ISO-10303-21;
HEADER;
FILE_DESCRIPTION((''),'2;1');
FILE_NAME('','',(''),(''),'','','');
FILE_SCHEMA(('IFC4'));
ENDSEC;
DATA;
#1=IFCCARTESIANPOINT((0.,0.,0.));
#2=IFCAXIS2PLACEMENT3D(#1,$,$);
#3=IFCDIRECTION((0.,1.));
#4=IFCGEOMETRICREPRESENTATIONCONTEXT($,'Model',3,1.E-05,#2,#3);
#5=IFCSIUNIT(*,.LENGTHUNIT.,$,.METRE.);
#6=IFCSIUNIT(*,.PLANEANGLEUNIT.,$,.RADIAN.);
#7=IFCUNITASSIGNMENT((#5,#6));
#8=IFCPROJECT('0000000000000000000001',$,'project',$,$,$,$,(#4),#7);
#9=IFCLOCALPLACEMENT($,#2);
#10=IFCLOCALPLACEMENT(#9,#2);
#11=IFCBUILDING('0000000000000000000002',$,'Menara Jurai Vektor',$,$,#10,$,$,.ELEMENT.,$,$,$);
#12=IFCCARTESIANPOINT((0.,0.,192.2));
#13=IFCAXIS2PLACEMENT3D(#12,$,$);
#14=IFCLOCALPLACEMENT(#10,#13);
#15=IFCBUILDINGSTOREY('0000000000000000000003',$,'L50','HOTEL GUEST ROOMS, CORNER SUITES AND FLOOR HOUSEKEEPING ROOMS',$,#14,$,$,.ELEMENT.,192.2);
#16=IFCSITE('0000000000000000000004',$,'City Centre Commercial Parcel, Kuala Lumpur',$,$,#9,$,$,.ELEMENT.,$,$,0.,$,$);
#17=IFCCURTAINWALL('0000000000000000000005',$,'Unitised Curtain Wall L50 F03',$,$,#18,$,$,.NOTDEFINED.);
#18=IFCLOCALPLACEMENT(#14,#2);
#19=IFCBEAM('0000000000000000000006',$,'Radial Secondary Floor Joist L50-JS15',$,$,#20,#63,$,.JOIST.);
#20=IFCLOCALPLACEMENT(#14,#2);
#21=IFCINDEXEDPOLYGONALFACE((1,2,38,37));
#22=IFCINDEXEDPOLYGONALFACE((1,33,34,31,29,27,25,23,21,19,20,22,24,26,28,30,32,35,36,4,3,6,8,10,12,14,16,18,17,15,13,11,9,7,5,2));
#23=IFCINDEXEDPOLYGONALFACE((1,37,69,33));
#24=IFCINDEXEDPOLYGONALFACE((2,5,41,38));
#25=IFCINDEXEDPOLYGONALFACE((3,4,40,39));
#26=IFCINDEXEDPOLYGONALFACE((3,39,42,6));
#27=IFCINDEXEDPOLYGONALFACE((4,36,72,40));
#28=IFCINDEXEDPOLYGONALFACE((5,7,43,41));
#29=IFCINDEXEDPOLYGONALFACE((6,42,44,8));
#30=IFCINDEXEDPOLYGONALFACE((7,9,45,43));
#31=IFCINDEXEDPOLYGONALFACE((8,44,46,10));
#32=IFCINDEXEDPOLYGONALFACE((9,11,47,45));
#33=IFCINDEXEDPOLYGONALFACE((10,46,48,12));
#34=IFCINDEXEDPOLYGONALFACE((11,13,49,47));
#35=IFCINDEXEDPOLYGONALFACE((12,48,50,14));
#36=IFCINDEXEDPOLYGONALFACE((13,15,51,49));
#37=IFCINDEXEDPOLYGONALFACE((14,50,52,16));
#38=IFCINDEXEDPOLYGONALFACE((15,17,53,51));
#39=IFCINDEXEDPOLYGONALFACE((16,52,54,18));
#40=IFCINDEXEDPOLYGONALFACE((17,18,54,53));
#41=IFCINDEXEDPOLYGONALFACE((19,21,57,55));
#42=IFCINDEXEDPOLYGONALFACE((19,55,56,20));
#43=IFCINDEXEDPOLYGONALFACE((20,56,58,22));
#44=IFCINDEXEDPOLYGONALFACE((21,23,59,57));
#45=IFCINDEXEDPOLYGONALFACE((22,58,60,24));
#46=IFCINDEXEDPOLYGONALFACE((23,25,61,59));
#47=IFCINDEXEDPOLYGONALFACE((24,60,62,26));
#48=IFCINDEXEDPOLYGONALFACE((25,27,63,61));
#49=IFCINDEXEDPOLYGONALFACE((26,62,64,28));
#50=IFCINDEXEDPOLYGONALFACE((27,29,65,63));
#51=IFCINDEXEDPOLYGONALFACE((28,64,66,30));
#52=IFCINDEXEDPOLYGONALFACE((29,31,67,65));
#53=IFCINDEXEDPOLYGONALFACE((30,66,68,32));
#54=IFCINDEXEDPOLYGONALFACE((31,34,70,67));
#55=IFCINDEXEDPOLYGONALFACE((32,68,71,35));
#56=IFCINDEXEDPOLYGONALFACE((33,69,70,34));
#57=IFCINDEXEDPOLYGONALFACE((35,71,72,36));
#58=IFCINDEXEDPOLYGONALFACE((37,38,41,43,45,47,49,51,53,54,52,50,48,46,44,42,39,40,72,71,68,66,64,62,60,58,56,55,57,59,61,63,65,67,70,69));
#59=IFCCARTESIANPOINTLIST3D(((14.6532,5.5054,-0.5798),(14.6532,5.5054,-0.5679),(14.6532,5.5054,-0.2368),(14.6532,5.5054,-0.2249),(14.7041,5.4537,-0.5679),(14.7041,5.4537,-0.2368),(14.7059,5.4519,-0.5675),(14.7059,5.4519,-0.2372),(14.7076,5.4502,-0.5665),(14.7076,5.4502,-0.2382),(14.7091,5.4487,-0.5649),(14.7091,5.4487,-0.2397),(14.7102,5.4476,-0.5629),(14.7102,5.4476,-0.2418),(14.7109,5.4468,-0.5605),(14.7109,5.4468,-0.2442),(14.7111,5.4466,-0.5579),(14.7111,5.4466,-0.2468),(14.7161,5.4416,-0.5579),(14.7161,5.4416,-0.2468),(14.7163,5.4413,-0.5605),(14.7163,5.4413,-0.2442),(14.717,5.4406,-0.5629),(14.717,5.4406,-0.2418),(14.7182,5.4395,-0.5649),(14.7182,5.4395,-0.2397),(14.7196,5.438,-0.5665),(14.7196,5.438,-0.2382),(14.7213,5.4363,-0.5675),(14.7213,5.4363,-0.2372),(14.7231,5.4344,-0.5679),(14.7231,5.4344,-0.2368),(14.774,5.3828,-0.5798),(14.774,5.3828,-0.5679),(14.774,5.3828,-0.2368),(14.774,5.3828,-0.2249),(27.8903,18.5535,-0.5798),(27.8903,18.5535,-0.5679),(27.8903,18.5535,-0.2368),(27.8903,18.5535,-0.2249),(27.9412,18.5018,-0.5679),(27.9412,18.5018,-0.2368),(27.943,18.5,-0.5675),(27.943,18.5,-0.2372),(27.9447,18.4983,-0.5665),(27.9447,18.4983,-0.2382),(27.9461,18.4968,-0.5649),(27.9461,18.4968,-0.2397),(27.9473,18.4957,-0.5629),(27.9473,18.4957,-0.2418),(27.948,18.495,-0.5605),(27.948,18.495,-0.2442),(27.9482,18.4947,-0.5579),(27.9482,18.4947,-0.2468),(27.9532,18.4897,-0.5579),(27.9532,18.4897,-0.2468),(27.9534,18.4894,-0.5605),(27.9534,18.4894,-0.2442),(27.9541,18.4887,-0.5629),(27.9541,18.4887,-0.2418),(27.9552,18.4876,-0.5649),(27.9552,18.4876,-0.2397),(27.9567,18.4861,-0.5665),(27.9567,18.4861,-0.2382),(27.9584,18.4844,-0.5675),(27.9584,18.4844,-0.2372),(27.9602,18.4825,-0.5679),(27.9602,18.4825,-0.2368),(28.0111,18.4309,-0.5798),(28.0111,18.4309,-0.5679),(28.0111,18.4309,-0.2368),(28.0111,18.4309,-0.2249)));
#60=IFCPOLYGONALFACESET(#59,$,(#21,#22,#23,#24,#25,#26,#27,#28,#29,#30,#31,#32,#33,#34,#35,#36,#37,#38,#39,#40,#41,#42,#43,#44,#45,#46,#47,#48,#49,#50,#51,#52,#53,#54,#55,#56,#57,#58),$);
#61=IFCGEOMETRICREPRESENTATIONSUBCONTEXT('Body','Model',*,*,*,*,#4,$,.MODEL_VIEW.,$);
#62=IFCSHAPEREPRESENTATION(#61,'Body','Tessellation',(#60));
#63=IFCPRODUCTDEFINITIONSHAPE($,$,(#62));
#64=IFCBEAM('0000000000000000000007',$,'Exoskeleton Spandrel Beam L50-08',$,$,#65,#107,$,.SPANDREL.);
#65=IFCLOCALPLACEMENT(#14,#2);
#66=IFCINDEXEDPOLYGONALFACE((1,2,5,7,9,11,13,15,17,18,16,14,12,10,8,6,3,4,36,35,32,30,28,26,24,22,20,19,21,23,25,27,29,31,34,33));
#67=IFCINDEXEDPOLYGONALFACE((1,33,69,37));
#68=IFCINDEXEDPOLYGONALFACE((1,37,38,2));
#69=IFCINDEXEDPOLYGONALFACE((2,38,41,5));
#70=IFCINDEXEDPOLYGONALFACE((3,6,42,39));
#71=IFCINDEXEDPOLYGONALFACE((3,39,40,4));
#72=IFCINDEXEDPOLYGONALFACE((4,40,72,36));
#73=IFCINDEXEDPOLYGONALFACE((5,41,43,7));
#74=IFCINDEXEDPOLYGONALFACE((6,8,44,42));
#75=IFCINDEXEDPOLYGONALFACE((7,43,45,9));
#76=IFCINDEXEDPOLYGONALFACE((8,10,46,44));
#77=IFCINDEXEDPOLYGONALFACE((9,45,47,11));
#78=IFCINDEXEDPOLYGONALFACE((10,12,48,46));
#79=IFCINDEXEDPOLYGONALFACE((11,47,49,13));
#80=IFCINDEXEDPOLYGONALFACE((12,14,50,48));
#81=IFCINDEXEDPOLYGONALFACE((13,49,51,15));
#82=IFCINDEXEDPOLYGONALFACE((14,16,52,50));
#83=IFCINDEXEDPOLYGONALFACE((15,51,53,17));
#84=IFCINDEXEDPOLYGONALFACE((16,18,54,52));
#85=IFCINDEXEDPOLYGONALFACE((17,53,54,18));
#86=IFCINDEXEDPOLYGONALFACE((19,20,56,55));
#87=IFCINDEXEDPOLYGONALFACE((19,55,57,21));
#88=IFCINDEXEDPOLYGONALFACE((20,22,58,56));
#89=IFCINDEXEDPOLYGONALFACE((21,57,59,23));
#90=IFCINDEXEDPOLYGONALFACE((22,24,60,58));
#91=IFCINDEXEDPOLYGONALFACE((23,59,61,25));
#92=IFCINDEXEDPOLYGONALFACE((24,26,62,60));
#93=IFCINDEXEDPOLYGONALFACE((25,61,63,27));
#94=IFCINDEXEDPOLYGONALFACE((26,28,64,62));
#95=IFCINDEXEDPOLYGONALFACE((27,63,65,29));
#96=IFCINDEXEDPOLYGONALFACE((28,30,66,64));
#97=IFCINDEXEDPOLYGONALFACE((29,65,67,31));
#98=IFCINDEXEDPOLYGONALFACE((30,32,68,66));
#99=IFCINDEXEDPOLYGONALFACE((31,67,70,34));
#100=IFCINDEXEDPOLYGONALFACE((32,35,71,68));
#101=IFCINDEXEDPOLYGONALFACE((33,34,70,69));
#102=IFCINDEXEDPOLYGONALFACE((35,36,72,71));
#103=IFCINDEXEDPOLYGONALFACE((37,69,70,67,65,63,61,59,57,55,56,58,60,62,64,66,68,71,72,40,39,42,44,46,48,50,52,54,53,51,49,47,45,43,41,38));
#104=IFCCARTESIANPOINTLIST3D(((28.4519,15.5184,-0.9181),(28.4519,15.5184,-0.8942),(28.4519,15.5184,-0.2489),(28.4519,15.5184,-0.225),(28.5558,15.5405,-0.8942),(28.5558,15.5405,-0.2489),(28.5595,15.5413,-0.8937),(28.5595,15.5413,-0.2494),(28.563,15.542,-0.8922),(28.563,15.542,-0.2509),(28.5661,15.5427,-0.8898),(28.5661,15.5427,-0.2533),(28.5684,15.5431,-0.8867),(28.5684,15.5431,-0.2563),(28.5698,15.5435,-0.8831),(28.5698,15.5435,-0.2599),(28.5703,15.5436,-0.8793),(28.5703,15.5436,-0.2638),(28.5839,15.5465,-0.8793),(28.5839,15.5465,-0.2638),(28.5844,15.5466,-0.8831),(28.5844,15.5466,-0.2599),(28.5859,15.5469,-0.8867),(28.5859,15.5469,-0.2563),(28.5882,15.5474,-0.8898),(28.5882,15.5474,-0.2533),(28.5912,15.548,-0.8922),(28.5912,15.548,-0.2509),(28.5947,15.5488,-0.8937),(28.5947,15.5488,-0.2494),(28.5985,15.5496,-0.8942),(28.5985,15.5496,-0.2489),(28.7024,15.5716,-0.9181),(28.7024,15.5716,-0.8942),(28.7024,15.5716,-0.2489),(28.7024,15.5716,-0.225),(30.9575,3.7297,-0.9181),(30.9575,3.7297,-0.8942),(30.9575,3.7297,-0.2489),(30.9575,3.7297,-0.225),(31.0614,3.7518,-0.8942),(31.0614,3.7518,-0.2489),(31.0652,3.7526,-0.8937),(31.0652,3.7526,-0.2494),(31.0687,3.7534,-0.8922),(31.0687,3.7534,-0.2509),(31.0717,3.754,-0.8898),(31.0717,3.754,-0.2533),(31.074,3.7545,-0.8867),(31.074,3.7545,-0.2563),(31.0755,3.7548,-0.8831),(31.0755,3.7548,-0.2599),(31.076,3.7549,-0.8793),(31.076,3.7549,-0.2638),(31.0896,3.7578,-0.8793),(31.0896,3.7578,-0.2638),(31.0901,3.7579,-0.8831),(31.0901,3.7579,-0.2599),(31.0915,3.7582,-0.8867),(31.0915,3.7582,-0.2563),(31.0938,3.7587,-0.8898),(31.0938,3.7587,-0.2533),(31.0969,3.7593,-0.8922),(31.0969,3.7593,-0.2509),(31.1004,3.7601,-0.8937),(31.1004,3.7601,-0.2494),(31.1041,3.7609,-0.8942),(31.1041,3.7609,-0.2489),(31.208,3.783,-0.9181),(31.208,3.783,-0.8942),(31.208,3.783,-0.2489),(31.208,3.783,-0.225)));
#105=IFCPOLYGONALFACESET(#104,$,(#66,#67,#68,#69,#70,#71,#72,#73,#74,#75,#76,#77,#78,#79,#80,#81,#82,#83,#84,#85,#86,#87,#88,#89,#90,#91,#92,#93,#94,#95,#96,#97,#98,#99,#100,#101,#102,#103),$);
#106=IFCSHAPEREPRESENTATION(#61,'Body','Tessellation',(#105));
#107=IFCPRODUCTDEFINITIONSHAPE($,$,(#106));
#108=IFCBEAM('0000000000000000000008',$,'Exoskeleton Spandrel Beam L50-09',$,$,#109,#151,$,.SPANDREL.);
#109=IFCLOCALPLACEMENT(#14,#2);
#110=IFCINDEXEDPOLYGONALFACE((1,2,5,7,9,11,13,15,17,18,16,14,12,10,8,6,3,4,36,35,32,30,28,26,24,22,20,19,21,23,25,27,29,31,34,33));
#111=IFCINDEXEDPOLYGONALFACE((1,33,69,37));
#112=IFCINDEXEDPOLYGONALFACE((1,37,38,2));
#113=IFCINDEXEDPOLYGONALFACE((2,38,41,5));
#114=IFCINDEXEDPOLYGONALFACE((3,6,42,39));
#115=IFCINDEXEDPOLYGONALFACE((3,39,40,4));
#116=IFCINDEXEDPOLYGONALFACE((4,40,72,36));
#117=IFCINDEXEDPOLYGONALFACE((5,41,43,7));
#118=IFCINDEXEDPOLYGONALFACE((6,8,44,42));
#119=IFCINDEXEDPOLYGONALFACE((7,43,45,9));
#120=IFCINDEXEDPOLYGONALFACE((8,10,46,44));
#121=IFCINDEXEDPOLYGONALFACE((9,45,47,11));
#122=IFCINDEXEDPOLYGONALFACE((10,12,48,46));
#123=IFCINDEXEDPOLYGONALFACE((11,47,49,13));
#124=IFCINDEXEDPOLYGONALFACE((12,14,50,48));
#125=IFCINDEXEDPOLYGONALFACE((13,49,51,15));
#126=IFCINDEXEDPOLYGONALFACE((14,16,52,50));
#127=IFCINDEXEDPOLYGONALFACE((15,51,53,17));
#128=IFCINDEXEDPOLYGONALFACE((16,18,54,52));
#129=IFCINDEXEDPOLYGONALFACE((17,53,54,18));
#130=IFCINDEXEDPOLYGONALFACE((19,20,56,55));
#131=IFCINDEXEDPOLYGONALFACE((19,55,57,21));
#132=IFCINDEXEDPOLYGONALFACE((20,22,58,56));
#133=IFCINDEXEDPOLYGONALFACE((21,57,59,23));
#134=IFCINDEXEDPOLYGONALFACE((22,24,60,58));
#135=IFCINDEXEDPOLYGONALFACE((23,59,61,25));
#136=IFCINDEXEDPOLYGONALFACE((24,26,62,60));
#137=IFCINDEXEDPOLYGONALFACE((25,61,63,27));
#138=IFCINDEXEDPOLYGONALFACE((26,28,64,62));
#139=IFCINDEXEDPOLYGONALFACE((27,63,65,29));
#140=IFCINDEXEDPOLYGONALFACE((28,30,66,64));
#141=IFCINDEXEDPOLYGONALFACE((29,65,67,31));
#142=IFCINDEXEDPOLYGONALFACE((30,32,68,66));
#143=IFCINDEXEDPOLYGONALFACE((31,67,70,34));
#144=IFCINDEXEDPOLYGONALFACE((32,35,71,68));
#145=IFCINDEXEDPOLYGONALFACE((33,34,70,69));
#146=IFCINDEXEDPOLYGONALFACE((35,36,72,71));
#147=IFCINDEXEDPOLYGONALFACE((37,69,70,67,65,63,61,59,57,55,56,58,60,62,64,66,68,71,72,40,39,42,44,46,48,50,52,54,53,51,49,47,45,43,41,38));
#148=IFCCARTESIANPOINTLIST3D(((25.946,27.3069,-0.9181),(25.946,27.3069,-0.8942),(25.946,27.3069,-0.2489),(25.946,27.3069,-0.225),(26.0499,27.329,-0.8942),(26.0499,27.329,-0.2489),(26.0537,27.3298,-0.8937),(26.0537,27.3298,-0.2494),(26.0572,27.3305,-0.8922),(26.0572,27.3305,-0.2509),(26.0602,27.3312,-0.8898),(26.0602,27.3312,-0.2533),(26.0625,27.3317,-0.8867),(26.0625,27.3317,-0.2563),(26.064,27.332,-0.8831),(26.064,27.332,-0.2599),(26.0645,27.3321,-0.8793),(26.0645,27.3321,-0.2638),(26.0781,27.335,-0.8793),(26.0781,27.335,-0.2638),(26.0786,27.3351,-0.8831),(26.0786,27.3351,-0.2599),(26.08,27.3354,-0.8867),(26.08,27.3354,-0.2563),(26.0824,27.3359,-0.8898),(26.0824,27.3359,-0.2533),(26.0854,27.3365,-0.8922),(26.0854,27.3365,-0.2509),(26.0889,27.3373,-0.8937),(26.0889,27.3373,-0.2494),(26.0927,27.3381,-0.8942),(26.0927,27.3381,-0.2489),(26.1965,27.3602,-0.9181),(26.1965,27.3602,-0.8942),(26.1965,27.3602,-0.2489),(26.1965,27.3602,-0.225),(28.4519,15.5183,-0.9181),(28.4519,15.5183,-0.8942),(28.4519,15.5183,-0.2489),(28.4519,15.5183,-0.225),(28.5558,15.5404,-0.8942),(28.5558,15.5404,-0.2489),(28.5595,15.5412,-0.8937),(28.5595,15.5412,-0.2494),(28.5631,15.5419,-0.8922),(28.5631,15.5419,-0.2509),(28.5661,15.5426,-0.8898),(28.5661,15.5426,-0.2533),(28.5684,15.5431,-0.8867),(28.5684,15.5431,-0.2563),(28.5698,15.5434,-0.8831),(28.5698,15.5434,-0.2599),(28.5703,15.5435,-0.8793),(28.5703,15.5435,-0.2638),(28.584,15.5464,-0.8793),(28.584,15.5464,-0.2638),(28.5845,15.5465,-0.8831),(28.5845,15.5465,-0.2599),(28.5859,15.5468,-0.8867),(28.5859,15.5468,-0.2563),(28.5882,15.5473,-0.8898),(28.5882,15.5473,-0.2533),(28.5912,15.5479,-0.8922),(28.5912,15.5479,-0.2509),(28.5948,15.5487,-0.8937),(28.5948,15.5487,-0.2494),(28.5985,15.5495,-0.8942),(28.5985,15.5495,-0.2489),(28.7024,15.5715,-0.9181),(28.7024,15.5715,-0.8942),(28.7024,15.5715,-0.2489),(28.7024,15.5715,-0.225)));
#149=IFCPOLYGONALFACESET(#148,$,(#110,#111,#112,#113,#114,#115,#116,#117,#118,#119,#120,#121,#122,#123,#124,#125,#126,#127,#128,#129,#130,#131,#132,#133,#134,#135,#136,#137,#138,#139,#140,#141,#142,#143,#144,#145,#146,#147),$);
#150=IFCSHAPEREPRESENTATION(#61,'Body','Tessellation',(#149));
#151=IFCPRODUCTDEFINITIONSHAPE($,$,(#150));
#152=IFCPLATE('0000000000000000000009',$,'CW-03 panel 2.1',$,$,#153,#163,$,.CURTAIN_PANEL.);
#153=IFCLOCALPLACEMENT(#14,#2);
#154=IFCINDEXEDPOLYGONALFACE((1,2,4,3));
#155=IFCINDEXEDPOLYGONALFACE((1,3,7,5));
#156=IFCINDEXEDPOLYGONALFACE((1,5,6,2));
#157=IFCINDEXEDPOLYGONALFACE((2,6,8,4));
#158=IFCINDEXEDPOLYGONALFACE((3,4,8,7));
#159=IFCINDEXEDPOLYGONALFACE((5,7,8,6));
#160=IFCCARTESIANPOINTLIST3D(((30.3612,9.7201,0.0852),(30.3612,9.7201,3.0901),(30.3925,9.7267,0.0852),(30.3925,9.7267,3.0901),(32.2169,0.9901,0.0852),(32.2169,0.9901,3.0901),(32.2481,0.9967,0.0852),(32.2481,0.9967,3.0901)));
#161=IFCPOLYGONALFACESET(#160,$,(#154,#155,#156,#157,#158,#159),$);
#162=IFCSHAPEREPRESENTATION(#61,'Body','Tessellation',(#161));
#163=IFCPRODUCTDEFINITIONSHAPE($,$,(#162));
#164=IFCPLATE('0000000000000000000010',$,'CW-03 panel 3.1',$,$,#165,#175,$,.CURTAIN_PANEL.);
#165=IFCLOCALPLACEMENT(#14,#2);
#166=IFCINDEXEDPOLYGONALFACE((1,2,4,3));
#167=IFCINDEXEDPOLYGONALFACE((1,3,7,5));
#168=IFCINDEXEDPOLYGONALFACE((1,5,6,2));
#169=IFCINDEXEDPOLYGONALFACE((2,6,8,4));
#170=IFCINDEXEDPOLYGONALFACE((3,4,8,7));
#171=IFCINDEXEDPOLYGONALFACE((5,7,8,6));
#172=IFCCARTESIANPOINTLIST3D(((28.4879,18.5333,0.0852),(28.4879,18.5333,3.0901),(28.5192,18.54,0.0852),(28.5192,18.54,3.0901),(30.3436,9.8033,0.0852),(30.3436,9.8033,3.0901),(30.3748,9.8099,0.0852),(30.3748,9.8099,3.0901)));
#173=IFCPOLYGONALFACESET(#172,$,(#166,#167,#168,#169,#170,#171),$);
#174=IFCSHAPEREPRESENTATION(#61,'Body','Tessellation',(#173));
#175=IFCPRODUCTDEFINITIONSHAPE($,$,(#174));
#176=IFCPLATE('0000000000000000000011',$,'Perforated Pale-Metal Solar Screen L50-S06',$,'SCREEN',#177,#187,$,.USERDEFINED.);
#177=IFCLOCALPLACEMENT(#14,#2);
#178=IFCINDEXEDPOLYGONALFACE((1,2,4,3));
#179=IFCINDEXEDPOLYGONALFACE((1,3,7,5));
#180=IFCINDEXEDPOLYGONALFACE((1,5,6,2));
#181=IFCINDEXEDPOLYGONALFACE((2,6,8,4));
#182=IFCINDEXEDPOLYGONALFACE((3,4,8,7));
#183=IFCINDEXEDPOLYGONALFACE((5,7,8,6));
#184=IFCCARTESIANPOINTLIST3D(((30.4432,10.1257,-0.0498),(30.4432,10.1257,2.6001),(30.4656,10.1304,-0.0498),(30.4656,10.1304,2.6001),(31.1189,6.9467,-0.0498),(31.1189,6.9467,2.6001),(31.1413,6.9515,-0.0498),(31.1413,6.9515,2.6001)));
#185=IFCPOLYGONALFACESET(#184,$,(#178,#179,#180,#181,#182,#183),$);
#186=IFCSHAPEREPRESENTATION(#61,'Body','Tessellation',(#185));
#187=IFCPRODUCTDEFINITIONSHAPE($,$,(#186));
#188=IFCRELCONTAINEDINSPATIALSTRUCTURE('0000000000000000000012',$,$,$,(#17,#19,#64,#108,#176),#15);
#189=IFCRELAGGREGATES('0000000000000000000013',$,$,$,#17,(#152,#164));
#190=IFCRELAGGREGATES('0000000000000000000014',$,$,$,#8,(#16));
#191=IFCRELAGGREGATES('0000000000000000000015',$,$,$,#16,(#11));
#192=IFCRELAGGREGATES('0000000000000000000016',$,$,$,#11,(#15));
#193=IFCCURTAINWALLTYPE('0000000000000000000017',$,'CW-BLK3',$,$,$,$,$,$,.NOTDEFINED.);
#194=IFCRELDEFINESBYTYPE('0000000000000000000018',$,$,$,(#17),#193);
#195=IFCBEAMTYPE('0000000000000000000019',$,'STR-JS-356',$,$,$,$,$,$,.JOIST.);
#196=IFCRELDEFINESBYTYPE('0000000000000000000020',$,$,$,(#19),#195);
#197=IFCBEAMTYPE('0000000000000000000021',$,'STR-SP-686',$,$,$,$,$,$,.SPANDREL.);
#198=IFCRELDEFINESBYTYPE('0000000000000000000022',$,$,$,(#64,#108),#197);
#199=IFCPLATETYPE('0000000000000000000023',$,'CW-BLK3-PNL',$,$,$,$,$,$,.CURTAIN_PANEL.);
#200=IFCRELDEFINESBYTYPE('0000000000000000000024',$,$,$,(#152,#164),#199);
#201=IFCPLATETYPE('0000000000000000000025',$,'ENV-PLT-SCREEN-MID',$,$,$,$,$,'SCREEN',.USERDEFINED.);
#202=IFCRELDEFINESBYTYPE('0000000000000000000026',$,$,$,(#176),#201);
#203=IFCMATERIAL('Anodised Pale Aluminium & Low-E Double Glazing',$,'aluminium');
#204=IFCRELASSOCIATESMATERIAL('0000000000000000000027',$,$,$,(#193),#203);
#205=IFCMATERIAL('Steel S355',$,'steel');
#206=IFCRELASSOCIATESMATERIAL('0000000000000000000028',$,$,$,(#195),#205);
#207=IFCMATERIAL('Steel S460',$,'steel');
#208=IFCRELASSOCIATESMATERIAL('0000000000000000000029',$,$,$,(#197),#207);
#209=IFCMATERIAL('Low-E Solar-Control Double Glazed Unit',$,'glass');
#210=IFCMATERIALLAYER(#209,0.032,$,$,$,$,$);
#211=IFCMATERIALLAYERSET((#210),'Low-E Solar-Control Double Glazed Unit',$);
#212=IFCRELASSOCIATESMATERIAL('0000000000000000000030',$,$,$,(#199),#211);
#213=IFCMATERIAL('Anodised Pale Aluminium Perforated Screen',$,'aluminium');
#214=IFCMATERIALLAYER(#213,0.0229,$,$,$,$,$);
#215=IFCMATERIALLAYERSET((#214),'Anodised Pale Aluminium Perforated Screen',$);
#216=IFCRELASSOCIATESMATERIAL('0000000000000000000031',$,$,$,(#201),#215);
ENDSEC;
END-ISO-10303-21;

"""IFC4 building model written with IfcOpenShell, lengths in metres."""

from ifc_helpers import new_model, si_unit, direction, frame, origin, origin_2d, place, context, subcontext, project, spatial, rectangle, i_section, extrude, material, layer, layer_set, material_profile, profile_set, type_object, element, aggregate, save


model = new_model("IFC4")

# Units and contexts
model_context = context("Model", 3, precision=1e-05, world=origin(), true_north=direction((0.0, 1.0)))
body_context = subcontext(model_context, "Body", "Model", "MODEL_VIEW")
ifc_project = project(units=[si_unit("LENGTHUNIT", "METRE"), si_unit("PLANEANGLEUNIT", "RADIAN")], contexts=[model_context])

# Site, building, storey
site_placement = place(None, origin())
site = spatial("IfcSite", under=ifc_project, at=site_placement, Name="City Centre Commercial Parcel, Kuala Lumpur", CompositionType="ELEMENT", RefElevation=0.0)
building_placement = place(site_placement, origin())
building = spatial("IfcBuilding", under=site, at=building_placement, Name="Menara Jurai Vektor", CompositionType="ELEMENT")
storey_placement = place(building_placement, frame((0.0, 0.0, 192.2)))
storey = spatial("IfcBuildingStorey", under=building, at=storey_placement, Name="L50", Description="HOTEL GUEST ROOMS, CORNER SUITES AND FLOOR HOUSEKEEPING ROOMS", CompositionType="ELEMENT", Elevation=192.2)

# Shared definitions
ifc_material_1 = material(Name="Steel S460", Category="steel")

# Curtain wall
ifc_material_2 = material(Name="Anodised Pale Aluminium & Low-E Double Glazing", Category="aluminium")
curtain_wall_type = type_object("IfcCurtainWallType", Name="CW-BLK3", PredefinedType="NOTDEFINED", material=ifc_material_2)
curtain_wall_placement = place(storey_placement, origin())
curtain_wall = element("IfcCurtainWall", 1, at=curtain_wall_placement, inside=storey, type_object=curtain_wall_type, Name="Unitised Curtain Wall L50 F03", PredefinedType="NOTDEFINED")

# Beams
ifc_material_3 = material(Name="Steel S355", Category="steel")
ifc_material_profile_1 = material_profile(ifc_material_3, i_section(OverallWidth=0.1721, OverallDepth=0.355, WebThickness=0.0071, FlangeThickness=0.012, FilletRadius=0.01, at=origin_2d()), Name="UKB 356x171x51")
ifc_profile_set_1 = profile_set([ifc_material_profile_1], Name="Steel S355")
beam_type_1 = type_object("IfcBeamType", Name="STR-JS-356", PredefinedType="JOIST", material=ifc_profile_set_1)
beam_1_placement = place(storey_placement, frame((27.9507, 18.4922, -0.4023), z_axis=(-0.712172, -0.702005, 0.0), x_axis=(0.702005, -0.712172, 0.0)))
element("IfcBeam", 2, at=beam_1_placement, inside=storey, type_object=beam_type_1, Name="Radial Secondary Floor Joist L50-JS15", PredefinedType="JOIST", context=body_context, shape_type="SweptSolid", body=[
    extrude(i_section(OverallWidth=0.1721, OverallDepth=0.355, WebThickness=0.0071, FlangeThickness=0.012, FilletRadius=0.01, at=origin_2d()), origin(), (0.0, 0.0, 1.0), 18.5869),
])
ifc_material_profile_2 = material_profile(ifc_material_1, i_section(OverallWidth=0.2561, OverallDepth=0.6931, WebThickness=0.0139, FlangeThickness=0.0239, FilletRadius=0.0149, at=origin_2d()), Name="UKB 686x254x170")
ifc_profile_set_2 = profile_set([ifc_material_profile_2], Name="Steel S460")
beam_type_2 = type_object("IfcBeamType", Name="STR-SP-686", PredefinedType="SPANDREL", material=ifc_profile_set_2)
for number, where, z_axis, x_axis, name in (
    (3, (31.0828, 3.7563, -0.5715), (-0.207902, 0.97815, 0.0), (-0.97815, -0.207902, 0.0), "Exoskeleton Spandrel Beam L50-08"),
    (4, (28.5771, 15.5449, -0.5715), (-0.207921, 0.978146, 0.0), (-0.978146, -0.207921, 0.0), "Exoskeleton Spandrel Beam L50-09"),
):
    element("IfcBeam", number, at=place(storey_placement, frame(where, z_axis=z_axis, x_axis=x_axis)), inside=storey, type_object=beam_type_2, Name=name, PredefinedType="SPANDREL", context=body_context, shape_type="SweptSolid", body=[
        extrude(i_section(OverallWidth=0.2561, OverallDepth=0.6931, WebThickness=0.0139, FlangeThickness=0.0239, FilletRadius=0.0149, at=origin_2d()), origin(), (0.0, 0.0, 1.0), 12.052),
    ])

# Plates
ifc_material_4 = material(Name="Low-E Solar-Control Double Glazed Unit", Category="glass")
ifc_layer_1 = layer(ifc_material_4, 0.032)
ifc_layer_set_1 = layer_set([ifc_layer_1], Name="Low-E Solar-Control Double Glazed Unit")
plate_type_1 = type_object("IfcPlateType", Name="CW-BLK3-PNL", PredefinedType="CURTAIN_PANEL", material=ifc_layer_set_1)
plate_1_placement = place(storey_placement, frame((31.3047, 5.3584, 0.0852), z_axis=(0.0, 0.0, 1.0), x_axis=(-0.20791, 0.978148, 0.0)))
plate_1 = element("IfcPlate", 5, at=plate_1_placement, type_object=plate_type_1, Name="CW-03 panel 2.1", PredefinedType="CURTAIN_PANEL", context=body_context, shape_type="SweptSolid", body=[
    extrude(rectangle(XDim=8.925, YDim=0.032, at=origin_2d()), origin(), (0.0, 0.0, 1.0), 3.0049),
])
plate_2_placement = place(storey_placement, frame((29.4314, 14.1716, 0.0852), z_axis=(0.0, 0.0, 1.0), x_axis=(-0.20791, 0.978148, 0.0)))
plate_2 = element("IfcPlate", 6, at=plate_2_placement, type_object=plate_type_1, Name="CW-03 panel 3.1", PredefinedType="CURTAIN_PANEL", context=body_context, shape_type="SweptSolid", body=[
    extrude(rectangle(XDim=8.925, YDim=0.032, at=origin_2d()), origin(), (0.0, 0.0, 1.0), 3.0049),
])
aggregate(curtain_wall, [plate_1, plate_2])
ifc_material_5 = material(Name="Anodised Pale Aluminium Perforated Screen", Category="aluminium")
ifc_layer_2 = layer(ifc_material_5, 0.0229)
ifc_layer_set_2 = layer_set([ifc_layer_2], Name="Anodised Pale Aluminium Perforated Screen")
plate_type_2 = type_object("IfcPlateType", Name="ENV-PLT-SCREEN-MID", ElementType="SCREEN", PredefinedType="USERDEFINED", material=ifc_layer_set_2)
plate_3_placement = place(storey_placement, frame((30.7922, 8.5386, -0.0498), z_axis=(0.0, 0.0, 1.0), x_axis=(-0.207912, 0.978148, 0.0)))
element("IfcPlate", 7, at=plate_3_placement, inside=storey, type_object=plate_type_2, Name="Perforated Pale-Metal Solar Screen L50-S06", ObjectType="SCREEN", PredefinedType="USERDEFINED", context=body_context, shape_type="SweptSolid", body=[
    extrude(rectangle(XDim=3.25, YDim=0.0229, at=origin_2d()), origin(), (0.0, 0.0, 1.0), 2.6499),
])

save(model, "model.ifc")
